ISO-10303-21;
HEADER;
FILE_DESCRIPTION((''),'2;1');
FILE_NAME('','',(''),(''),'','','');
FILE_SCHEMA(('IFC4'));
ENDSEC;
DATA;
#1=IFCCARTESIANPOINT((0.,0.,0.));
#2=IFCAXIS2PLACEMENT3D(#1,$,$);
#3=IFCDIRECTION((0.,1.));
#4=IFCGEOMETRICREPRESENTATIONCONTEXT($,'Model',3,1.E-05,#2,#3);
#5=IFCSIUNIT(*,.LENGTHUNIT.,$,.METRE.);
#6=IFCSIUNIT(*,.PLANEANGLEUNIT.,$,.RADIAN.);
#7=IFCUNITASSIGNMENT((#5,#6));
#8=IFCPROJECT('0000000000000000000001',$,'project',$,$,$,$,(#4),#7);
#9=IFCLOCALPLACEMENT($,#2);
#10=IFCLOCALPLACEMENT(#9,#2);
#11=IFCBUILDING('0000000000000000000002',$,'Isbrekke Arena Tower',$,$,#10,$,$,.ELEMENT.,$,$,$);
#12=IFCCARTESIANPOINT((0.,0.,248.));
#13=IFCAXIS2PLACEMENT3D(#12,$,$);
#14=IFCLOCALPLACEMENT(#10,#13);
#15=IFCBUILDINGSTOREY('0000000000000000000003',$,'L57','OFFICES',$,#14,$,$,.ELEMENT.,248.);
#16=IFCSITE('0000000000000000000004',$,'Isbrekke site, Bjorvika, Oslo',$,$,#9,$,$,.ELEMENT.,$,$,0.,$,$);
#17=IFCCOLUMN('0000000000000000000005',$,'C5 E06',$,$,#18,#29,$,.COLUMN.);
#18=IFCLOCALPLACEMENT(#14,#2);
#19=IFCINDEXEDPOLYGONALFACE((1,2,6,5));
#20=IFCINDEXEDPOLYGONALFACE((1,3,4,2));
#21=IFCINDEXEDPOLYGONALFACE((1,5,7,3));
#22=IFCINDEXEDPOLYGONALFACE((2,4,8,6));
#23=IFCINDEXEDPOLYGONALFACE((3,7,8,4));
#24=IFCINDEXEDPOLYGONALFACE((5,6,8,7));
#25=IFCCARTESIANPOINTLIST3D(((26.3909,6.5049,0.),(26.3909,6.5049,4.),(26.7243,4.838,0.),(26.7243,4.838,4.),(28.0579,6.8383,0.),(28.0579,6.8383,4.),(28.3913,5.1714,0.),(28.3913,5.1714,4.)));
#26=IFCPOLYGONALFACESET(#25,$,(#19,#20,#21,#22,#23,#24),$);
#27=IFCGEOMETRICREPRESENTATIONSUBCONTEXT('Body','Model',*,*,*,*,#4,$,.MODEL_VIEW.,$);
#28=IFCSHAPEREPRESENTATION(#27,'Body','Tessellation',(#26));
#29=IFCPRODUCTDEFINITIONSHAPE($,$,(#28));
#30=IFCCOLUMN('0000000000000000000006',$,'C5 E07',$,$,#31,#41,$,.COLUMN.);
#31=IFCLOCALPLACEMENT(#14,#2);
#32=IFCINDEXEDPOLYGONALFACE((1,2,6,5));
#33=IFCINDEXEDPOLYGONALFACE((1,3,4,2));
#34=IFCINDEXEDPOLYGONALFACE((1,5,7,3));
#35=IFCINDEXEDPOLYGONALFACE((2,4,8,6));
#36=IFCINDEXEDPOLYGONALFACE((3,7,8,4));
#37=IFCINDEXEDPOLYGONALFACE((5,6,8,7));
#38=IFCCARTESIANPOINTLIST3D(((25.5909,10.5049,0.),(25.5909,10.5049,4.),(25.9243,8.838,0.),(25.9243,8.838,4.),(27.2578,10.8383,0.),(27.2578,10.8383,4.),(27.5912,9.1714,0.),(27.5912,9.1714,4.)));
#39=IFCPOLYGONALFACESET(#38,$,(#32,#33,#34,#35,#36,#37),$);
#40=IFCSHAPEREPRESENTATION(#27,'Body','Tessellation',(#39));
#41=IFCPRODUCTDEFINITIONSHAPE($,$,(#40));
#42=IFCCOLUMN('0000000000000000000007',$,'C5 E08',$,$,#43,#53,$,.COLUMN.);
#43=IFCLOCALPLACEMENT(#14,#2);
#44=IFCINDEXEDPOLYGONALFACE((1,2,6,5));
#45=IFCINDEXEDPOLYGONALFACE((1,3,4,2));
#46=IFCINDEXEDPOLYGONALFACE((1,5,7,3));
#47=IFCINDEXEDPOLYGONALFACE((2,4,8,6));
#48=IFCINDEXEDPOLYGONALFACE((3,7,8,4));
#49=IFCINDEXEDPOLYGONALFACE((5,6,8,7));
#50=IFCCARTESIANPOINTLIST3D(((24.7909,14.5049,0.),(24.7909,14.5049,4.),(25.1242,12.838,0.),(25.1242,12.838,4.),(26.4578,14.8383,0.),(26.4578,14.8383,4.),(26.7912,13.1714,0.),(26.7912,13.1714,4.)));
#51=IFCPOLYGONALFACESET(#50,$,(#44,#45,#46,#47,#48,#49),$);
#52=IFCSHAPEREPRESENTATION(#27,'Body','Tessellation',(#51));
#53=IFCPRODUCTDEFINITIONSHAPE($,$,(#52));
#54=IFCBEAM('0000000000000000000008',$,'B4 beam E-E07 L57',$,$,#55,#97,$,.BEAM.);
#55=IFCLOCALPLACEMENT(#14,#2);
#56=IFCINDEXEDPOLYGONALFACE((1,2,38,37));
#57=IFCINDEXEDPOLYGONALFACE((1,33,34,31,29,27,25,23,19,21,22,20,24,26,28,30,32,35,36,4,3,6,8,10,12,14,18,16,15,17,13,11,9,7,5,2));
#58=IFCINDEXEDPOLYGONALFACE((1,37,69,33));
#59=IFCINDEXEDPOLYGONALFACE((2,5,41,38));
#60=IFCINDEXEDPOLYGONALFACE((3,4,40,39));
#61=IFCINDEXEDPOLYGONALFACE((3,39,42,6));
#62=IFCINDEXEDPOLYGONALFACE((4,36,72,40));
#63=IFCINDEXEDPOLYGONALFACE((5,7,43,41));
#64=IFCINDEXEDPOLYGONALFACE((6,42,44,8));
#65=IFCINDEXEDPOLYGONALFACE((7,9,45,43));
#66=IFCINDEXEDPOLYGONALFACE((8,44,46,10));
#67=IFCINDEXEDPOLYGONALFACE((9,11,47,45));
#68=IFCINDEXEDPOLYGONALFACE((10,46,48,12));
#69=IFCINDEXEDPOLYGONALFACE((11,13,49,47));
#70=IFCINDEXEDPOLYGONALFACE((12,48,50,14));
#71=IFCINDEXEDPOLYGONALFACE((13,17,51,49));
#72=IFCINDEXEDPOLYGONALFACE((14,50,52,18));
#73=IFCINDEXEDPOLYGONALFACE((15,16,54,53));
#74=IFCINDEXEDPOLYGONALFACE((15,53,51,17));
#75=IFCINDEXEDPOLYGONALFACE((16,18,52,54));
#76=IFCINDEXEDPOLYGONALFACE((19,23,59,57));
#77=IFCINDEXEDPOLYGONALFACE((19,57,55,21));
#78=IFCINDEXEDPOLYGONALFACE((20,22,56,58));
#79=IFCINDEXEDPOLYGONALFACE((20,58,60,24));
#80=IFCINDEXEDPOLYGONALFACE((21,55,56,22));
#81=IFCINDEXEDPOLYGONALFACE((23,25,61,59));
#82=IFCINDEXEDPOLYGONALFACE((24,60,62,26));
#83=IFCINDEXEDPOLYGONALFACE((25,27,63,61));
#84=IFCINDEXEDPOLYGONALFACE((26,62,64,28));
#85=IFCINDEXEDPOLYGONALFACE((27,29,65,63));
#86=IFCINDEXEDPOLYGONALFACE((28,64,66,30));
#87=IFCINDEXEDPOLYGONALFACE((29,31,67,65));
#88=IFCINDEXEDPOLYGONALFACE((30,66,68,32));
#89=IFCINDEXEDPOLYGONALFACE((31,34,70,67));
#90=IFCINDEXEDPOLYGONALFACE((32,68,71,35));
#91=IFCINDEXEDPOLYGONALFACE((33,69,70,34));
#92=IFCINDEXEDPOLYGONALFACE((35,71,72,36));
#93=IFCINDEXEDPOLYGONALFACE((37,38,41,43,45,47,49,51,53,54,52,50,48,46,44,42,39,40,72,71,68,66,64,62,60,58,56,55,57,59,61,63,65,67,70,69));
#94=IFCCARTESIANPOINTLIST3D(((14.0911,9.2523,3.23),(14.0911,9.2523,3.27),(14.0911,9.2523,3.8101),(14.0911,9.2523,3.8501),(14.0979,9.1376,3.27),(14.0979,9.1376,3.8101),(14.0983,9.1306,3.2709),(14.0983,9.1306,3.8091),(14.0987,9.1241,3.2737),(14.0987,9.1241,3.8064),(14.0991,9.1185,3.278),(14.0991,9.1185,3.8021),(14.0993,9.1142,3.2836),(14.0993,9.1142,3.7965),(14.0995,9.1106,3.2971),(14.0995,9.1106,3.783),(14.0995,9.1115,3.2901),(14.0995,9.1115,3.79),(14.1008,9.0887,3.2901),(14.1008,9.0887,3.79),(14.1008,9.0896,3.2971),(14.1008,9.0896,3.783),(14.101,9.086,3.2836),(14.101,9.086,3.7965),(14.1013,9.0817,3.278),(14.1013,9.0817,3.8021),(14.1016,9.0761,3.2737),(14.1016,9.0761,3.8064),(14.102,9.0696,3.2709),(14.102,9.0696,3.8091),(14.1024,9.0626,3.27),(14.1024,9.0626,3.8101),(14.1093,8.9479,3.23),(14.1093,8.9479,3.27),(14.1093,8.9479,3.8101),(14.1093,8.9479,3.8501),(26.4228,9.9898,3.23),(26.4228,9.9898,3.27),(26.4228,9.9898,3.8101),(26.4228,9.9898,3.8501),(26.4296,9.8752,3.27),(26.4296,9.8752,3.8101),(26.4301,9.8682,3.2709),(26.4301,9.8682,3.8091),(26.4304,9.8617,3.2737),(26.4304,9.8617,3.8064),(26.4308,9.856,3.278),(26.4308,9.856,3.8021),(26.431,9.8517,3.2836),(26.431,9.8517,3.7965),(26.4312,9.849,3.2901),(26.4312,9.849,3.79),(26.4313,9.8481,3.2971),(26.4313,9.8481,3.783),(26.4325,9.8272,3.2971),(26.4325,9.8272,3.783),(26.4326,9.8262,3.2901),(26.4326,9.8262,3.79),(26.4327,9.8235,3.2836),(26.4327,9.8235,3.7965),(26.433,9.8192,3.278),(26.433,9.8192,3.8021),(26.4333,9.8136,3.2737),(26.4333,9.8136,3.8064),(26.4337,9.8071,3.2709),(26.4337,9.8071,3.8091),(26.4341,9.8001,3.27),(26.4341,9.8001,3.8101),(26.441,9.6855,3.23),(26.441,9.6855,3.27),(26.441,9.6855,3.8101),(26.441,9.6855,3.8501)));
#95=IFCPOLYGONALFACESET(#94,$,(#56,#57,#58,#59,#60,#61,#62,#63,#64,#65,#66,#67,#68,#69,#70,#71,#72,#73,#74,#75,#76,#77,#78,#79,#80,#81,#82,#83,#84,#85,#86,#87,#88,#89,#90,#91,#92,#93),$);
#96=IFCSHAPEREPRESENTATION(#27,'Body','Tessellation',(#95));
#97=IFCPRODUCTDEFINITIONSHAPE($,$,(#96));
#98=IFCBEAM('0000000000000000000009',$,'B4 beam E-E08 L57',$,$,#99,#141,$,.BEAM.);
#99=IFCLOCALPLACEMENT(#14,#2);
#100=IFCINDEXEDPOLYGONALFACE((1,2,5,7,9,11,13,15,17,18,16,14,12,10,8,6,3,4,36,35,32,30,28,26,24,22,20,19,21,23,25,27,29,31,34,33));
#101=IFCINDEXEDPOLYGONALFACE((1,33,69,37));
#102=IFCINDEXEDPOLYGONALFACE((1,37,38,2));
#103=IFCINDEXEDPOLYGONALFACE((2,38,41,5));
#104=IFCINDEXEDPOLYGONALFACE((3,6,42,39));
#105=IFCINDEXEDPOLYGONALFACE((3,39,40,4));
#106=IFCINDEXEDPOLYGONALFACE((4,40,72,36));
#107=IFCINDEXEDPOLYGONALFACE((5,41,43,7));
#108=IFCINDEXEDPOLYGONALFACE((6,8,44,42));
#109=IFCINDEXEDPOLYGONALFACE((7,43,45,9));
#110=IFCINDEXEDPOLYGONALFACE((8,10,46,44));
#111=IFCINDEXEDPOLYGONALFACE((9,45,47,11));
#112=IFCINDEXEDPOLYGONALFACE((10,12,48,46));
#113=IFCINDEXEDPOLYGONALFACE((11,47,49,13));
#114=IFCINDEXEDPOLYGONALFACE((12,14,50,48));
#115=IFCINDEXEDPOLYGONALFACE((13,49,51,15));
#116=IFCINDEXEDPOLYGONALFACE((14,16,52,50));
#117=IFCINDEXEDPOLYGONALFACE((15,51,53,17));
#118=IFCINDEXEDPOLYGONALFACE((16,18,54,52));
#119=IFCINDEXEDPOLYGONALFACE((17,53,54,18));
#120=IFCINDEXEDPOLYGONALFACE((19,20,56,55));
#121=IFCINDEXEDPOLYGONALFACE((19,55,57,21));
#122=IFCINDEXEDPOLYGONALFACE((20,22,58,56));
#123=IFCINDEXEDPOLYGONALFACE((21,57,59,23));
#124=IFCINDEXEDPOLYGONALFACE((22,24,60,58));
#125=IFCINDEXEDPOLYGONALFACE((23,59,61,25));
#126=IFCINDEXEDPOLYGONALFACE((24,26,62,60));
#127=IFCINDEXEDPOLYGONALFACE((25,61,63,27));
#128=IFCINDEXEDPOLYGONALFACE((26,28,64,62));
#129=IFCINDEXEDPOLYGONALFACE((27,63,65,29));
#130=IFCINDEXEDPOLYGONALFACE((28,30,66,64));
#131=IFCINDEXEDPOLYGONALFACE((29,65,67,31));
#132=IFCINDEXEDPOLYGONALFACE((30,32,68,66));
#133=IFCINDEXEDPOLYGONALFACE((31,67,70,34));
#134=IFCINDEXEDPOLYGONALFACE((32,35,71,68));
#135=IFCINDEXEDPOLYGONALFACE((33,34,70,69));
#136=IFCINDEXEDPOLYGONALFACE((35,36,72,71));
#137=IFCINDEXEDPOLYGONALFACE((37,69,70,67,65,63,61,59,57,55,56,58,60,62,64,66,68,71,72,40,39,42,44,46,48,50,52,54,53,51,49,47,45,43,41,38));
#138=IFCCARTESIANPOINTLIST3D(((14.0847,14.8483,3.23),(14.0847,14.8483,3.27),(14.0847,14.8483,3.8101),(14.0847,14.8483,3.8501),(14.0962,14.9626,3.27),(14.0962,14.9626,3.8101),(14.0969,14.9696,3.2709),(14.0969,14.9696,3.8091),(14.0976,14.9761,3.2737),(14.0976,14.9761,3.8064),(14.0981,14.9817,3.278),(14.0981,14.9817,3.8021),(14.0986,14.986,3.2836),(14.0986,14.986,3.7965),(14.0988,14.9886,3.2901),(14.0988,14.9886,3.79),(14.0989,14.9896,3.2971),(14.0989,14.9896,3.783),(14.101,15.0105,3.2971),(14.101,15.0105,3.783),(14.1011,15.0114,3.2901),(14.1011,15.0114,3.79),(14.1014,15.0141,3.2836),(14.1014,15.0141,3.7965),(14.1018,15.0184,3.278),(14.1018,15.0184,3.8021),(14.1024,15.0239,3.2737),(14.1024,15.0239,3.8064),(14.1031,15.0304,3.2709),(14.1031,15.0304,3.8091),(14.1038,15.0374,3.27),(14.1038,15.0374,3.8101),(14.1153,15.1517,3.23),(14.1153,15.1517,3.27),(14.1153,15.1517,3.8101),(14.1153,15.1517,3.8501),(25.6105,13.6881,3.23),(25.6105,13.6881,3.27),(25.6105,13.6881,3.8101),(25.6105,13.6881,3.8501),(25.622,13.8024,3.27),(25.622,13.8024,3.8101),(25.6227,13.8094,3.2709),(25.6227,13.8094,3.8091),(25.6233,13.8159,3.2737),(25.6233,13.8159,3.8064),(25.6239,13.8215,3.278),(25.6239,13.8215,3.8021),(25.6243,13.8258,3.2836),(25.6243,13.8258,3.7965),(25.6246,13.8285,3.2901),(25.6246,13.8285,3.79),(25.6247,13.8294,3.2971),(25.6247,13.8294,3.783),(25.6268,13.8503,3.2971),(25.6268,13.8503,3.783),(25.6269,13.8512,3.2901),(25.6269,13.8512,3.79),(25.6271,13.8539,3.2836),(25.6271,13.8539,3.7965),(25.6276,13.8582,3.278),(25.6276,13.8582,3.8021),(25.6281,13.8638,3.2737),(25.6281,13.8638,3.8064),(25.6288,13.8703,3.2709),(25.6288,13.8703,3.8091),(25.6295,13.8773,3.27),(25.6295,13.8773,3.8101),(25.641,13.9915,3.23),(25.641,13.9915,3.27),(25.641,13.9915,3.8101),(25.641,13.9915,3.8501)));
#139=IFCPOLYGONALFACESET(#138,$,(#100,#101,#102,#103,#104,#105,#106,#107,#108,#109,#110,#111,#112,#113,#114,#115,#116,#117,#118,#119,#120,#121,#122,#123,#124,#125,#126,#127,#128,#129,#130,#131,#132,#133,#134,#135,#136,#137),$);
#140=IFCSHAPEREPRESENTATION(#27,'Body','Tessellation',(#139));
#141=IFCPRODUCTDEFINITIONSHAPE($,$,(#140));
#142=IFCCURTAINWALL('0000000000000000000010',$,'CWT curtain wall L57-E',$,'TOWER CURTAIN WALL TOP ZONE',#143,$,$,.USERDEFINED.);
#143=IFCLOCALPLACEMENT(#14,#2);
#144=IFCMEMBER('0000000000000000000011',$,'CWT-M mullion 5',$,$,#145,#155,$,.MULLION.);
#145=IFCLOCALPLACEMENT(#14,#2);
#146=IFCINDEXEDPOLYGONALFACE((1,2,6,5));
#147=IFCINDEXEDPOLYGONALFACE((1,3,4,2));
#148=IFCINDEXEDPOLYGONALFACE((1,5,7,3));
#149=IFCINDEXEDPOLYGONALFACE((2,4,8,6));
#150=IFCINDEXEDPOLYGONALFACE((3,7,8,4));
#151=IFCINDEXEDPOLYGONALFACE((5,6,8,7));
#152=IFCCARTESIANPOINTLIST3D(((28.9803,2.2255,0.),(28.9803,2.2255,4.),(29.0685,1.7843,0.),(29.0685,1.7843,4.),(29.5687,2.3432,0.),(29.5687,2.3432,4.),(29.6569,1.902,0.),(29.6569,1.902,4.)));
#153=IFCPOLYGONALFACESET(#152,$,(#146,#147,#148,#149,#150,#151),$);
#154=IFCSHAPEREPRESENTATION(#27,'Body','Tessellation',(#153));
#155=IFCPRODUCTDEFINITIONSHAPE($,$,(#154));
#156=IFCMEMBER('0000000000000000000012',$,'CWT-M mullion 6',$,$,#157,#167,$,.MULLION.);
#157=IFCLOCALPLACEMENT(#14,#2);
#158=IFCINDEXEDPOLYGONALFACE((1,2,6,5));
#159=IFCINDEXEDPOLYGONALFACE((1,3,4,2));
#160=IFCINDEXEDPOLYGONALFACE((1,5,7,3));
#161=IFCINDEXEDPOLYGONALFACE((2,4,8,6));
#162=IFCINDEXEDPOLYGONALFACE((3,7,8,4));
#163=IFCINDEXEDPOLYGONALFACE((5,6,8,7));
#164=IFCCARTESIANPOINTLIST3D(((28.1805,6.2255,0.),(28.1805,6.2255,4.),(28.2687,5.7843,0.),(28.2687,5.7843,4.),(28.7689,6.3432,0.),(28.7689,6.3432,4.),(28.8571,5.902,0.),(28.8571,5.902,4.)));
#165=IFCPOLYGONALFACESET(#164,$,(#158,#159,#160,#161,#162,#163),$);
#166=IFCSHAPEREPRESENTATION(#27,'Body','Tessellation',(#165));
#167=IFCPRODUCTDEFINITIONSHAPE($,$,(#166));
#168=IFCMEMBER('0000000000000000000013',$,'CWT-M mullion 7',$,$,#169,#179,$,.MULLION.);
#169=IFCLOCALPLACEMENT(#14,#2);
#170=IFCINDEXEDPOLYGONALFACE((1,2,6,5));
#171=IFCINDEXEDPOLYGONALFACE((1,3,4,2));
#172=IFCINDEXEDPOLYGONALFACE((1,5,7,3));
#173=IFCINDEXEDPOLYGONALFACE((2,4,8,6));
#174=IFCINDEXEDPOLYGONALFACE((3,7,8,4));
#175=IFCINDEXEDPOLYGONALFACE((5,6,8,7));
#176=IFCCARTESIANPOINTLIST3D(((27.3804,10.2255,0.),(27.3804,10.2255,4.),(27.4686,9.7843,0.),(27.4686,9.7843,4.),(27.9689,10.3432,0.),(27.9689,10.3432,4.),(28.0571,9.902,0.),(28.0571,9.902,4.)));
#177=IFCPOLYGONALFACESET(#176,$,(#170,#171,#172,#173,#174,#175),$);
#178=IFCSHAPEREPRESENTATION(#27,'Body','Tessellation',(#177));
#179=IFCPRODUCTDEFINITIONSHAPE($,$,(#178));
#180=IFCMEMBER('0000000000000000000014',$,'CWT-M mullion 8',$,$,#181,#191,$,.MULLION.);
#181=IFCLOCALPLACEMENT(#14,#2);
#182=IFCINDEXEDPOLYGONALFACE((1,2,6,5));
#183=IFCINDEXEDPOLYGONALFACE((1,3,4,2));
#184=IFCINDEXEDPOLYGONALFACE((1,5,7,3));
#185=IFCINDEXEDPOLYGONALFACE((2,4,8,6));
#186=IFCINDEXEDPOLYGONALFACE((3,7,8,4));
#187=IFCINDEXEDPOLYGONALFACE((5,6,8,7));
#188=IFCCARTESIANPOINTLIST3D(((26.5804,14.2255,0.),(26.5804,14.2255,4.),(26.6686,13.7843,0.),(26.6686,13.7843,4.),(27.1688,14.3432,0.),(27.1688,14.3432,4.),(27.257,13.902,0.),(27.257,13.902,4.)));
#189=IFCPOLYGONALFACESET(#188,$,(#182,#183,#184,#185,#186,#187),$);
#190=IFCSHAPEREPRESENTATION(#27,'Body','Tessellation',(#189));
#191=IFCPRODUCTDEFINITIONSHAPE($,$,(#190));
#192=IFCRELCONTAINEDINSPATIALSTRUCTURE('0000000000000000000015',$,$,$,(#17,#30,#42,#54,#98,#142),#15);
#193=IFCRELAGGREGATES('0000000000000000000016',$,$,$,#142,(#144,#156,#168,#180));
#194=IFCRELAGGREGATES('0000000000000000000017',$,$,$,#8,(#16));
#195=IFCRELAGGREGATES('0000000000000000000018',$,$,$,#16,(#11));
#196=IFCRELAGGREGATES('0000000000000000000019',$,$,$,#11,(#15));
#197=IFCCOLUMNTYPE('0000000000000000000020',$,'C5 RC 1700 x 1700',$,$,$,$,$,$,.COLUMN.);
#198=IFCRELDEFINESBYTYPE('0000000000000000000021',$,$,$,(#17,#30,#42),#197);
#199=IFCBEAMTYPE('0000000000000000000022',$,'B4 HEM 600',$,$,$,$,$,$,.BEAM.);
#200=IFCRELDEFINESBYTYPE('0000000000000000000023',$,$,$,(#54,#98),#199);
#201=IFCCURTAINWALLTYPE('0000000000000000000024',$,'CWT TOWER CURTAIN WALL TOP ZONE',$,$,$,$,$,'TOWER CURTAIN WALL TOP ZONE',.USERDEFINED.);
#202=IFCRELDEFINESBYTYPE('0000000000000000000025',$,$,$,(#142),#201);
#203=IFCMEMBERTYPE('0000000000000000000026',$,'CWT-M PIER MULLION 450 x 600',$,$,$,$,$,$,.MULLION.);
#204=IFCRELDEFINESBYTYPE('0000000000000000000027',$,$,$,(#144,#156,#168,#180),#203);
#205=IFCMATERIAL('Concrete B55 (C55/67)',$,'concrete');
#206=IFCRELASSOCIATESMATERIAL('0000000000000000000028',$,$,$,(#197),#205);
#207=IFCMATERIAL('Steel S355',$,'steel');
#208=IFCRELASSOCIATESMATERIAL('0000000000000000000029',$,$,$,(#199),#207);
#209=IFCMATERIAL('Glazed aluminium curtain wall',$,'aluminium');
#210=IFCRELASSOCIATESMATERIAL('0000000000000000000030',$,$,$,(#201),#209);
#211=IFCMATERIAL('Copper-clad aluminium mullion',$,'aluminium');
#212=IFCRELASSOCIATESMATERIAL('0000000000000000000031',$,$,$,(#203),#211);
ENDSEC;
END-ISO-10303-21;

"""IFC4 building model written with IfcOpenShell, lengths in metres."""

from ifc_helpers import new_model, si_unit, direction, frame, origin, origin_2d, place, context, subcontext, project, spatial, rectangle, i_section, extrude, material, material_profile, profile_set, type_object, element, aggregate, save


model = new_model("IFC4")

# Units and contexts
model_context = context("Model", 3, precision=1e-05, world=origin(), true_north=direction((0.0, 1.0)))
body_context = subcontext(model_context, "Body", "Model", "MODEL_VIEW")
ifc_project = project(units=[si_unit("LENGTHUNIT", "METRE"), si_unit("PLANEANGLEUNIT", "RADIAN")], contexts=[model_context])

# Site, building, storey
site_placement = place(None, origin())
site = spatial("IfcSite", under=ifc_project, at=site_placement, Name="Isbrekke site, Bjorvika, Oslo", CompositionType="ELEMENT", RefElevation=0.0)
building_placement = place(site_placement, origin())
building = spatial("IfcBuilding", under=site, at=building_placement, Name="Isbrekke Arena Tower", CompositionType="ELEMENT")
storey_placement = place(building_placement, frame((0.0, 0.0, 248.0)))
storey = spatial("IfcBuildingStorey", under=building, at=storey_placement, Name="L57", Description="OFFICES", CompositionType="ELEMENT", Elevation=248.0)

# Columns
ifc_material_1 = material(Name="Concrete B55 (C55/67)", Category="concrete")
ifc_material_profile_1 = material_profile(ifc_material_1, rectangle(XDim=1.7, YDim=1.7, at=origin_2d()), Name="RC 1700x1700")
ifc_profile_set_1 = profile_set([ifc_material_profile_1], Name="Concrete B55 (C55/67)")
column_type = type_object("IfcColumnType", Name="C5 RC 1700 x 1700", PredefinedType="COLUMN", material=ifc_profile_set_1)
for number, where, z_axis, x_axis, name in (
    (1, (27.3911, 5.8381, 0.0), (0.0, 0.0, 1.0), (-0.196116, 0.980581, 0.0), "C5 E06"),
    (2, (26.5911, 9.8381, 0.0), (0.0, 0.0, 1.0), (-0.196116, 0.980581, 0.0), "C5 E07"),
    (3, (25.791, 13.8381, 0.0), (0.0, 0.0, 1.0), (-0.196116, 0.980581, 0.0), "C5 E08"),
):
    element("IfcColumn", number, at=place(storey_placement, frame(where, z_axis=z_axis, x_axis=x_axis)), inside=storey, type_object=column_type, Name=name, PredefinedType="COLUMN", context=body_context, shape_type="SweptSolid", body=[
        extrude(rectangle(XDim=1.7, YDim=1.7, at=origin_2d()), origin(), (0.0, 0.0, 1.0), 4.0),
    ])

# Beams
ifc_material_2 = material(Name="Steel S355", Category="steel")
ifc_material_profile_2 = material_profile(ifc_material_2, i_section(OverallWidth=0.3049, OverallDepth=0.6201, WebThickness=0.021, FlangeThickness=0.04, FilletRadius=0.0271, at=origin_2d()), Name="HEM 600")
ifc_profile_set_2 = profile_set([ifc_material_profile_2], Name="Steel S355")
beam_type_1 = type_object("IfcBeamType", Name="B4 HEM 600", PredefinedType="BEAM", material=ifc_profile_set_2)
beam_1_placement = place(storey_placement, frame((26.4319, 9.8376, 3.54), z_axis=(-0.998216, -0.059702, 0.0), x_axis=(0.059702, -0.998216, 0.0)))
element("IfcBeam", 4, at=beam_1_placement, inside=storey, type_object=beam_type_1, Name="B4 beam E-E07 L57", PredefinedType="BEAM", context=body_context, shape_type="SweptSolid", body=[
    extrude(i_section(OverallWidth=0.3049, OverallDepth=0.6201, WebThickness=0.021, FlangeThickness=0.04, FilletRadius=0.0271, at=origin_2d()), origin(), (0.0, 0.0, 1.0), 12.3538),
])
beam_2_placement = place(storey_placement, frame((25.6257, 13.8398, 3.54), z_axis=(-0.994972, 0.100153, 0.0), x_axis=(-0.100153, -0.994972, 0.0)))
element("IfcBeam", 5, at=beam_2_placement, inside=storey, type_object=beam_type_1, Name="B4 beam E-E08 L57", PredefinedType="BEAM", context=body_context, shape_type="SweptSolid", body=[
    extrude(i_section(OverallWidth=0.3049, OverallDepth=0.6201, WebThickness=0.021, FlangeThickness=0.04, FilletRadius=0.0271, at=origin_2d()), origin(), (0.0, 0.0, 1.0), 11.584),
])

# Curtain wall, members
ifc_material_3 = material(Name="Glazed aluminium curtain wall", Category="aluminium")
curtain_wall_type = type_object("IfcCurtainWallType", Name="CWT TOWER CURTAIN WALL TOP ZONE", ElementType="TOWER CURTAIN WALL TOP ZONE", PredefinedType="USERDEFINED", material=ifc_material_3)
curtain_wall_placement = place(storey_placement, origin())
curtain_wall = element("IfcCurtainWall", 6, at=curtain_wall_placement, inside=storey, type_object=curtain_wall_type, Name="CWT curtain wall L57-E", ObjectType="TOWER CURTAIN WALL TOP ZONE", PredefinedType="USERDEFINED")
ifc_material_4 = material(Name="Copper-clad aluminium mullion", Category="aluminium")
ifc_material_profile_3 = material_profile(ifc_material_4, rectangle(XDim=0.45, YDim=0.6001, at=origin_2d()), Name="PIER 450X600")
ifc_profile_set_3 = profile_set([ifc_material_profile_3], Name="Copper-clad aluminium mullion")
member_type_1 = type_object("IfcMemberType", Name="CWT-M PIER MULLION 450 x 600", PredefinedType="MULLION", material=ifc_profile_set_3)
member_1_placement = place(storey_placement, frame((29.3186, 2.0637, 0.0), z_axis=(0.0, 0.0, 1.0), x_axis=(-0.196116, 0.980581, 0.0)))
member_1 = element("IfcMember", 7, at=member_1_placement, type_object=member_type_1, Name="CWT-M mullion 5", PredefinedType="MULLION", context=body_context, shape_type="SweptSolid", body=[
    extrude(rectangle(XDim=0.45, YDim=0.6001, at=origin_2d()), origin(), (0.0, 0.0, 1.0), 4.0),
])
member_2_placement = place(storey_placement, frame((28.5188, 6.0637, 0.0), z_axis=(0.0, 0.0, 1.0), x_axis=(-0.196116, 0.980581, 0.0)))
member_2 = element("IfcMember", 8, at=member_2_placement, type_object=member_type_1, Name="CWT-M mullion 6", PredefinedType="MULLION", context=body_context, shape_type="SweptSolid", body=[
    extrude(rectangle(XDim=0.45, YDim=0.6001, at=origin_2d()), origin(), (0.0, 0.0, 1.0), 4.0),
])
member_3_placement = place(storey_placement, frame((27.7188, 10.0637, 0.0), z_axis=(0.0, 0.0, 1.0), x_axis=(-0.196116, 0.980581, 0.0)))
member_3 = element("IfcMember", 9, at=member_3_placement, type_object=member_type_1, Name="CWT-M mullion 7", PredefinedType="MULLION", context=body_context, shape_type="SweptSolid", body=[
    extrude(rectangle(XDim=0.45, YDim=0.6001, at=origin_2d()), origin(), (0.0, 0.0, 1.0), 4.0),
])
member_4_placement = place(storey_placement, frame((26.9187, 14.0637, 0.0), z_axis=(0.0, 0.0, 1.0), x_axis=(-0.196116, 0.980581, 0.0)))
member_4 = element("IfcMember", 10, at=member_4_placement, type_object=member_type_1, Name="CWT-M mullion 8", PredefinedType="MULLION", context=body_context, shape_type="SweptSolid", body=[
    extrude(rectangle(XDim=0.45, YDim=0.6001, at=origin_2d()), origin(), (0.0, 0.0, 1.0), 4.0),
])

aggregate(curtain_wall, [member_1, member_2, member_3, member_4])

save(model, "model.ifc")
